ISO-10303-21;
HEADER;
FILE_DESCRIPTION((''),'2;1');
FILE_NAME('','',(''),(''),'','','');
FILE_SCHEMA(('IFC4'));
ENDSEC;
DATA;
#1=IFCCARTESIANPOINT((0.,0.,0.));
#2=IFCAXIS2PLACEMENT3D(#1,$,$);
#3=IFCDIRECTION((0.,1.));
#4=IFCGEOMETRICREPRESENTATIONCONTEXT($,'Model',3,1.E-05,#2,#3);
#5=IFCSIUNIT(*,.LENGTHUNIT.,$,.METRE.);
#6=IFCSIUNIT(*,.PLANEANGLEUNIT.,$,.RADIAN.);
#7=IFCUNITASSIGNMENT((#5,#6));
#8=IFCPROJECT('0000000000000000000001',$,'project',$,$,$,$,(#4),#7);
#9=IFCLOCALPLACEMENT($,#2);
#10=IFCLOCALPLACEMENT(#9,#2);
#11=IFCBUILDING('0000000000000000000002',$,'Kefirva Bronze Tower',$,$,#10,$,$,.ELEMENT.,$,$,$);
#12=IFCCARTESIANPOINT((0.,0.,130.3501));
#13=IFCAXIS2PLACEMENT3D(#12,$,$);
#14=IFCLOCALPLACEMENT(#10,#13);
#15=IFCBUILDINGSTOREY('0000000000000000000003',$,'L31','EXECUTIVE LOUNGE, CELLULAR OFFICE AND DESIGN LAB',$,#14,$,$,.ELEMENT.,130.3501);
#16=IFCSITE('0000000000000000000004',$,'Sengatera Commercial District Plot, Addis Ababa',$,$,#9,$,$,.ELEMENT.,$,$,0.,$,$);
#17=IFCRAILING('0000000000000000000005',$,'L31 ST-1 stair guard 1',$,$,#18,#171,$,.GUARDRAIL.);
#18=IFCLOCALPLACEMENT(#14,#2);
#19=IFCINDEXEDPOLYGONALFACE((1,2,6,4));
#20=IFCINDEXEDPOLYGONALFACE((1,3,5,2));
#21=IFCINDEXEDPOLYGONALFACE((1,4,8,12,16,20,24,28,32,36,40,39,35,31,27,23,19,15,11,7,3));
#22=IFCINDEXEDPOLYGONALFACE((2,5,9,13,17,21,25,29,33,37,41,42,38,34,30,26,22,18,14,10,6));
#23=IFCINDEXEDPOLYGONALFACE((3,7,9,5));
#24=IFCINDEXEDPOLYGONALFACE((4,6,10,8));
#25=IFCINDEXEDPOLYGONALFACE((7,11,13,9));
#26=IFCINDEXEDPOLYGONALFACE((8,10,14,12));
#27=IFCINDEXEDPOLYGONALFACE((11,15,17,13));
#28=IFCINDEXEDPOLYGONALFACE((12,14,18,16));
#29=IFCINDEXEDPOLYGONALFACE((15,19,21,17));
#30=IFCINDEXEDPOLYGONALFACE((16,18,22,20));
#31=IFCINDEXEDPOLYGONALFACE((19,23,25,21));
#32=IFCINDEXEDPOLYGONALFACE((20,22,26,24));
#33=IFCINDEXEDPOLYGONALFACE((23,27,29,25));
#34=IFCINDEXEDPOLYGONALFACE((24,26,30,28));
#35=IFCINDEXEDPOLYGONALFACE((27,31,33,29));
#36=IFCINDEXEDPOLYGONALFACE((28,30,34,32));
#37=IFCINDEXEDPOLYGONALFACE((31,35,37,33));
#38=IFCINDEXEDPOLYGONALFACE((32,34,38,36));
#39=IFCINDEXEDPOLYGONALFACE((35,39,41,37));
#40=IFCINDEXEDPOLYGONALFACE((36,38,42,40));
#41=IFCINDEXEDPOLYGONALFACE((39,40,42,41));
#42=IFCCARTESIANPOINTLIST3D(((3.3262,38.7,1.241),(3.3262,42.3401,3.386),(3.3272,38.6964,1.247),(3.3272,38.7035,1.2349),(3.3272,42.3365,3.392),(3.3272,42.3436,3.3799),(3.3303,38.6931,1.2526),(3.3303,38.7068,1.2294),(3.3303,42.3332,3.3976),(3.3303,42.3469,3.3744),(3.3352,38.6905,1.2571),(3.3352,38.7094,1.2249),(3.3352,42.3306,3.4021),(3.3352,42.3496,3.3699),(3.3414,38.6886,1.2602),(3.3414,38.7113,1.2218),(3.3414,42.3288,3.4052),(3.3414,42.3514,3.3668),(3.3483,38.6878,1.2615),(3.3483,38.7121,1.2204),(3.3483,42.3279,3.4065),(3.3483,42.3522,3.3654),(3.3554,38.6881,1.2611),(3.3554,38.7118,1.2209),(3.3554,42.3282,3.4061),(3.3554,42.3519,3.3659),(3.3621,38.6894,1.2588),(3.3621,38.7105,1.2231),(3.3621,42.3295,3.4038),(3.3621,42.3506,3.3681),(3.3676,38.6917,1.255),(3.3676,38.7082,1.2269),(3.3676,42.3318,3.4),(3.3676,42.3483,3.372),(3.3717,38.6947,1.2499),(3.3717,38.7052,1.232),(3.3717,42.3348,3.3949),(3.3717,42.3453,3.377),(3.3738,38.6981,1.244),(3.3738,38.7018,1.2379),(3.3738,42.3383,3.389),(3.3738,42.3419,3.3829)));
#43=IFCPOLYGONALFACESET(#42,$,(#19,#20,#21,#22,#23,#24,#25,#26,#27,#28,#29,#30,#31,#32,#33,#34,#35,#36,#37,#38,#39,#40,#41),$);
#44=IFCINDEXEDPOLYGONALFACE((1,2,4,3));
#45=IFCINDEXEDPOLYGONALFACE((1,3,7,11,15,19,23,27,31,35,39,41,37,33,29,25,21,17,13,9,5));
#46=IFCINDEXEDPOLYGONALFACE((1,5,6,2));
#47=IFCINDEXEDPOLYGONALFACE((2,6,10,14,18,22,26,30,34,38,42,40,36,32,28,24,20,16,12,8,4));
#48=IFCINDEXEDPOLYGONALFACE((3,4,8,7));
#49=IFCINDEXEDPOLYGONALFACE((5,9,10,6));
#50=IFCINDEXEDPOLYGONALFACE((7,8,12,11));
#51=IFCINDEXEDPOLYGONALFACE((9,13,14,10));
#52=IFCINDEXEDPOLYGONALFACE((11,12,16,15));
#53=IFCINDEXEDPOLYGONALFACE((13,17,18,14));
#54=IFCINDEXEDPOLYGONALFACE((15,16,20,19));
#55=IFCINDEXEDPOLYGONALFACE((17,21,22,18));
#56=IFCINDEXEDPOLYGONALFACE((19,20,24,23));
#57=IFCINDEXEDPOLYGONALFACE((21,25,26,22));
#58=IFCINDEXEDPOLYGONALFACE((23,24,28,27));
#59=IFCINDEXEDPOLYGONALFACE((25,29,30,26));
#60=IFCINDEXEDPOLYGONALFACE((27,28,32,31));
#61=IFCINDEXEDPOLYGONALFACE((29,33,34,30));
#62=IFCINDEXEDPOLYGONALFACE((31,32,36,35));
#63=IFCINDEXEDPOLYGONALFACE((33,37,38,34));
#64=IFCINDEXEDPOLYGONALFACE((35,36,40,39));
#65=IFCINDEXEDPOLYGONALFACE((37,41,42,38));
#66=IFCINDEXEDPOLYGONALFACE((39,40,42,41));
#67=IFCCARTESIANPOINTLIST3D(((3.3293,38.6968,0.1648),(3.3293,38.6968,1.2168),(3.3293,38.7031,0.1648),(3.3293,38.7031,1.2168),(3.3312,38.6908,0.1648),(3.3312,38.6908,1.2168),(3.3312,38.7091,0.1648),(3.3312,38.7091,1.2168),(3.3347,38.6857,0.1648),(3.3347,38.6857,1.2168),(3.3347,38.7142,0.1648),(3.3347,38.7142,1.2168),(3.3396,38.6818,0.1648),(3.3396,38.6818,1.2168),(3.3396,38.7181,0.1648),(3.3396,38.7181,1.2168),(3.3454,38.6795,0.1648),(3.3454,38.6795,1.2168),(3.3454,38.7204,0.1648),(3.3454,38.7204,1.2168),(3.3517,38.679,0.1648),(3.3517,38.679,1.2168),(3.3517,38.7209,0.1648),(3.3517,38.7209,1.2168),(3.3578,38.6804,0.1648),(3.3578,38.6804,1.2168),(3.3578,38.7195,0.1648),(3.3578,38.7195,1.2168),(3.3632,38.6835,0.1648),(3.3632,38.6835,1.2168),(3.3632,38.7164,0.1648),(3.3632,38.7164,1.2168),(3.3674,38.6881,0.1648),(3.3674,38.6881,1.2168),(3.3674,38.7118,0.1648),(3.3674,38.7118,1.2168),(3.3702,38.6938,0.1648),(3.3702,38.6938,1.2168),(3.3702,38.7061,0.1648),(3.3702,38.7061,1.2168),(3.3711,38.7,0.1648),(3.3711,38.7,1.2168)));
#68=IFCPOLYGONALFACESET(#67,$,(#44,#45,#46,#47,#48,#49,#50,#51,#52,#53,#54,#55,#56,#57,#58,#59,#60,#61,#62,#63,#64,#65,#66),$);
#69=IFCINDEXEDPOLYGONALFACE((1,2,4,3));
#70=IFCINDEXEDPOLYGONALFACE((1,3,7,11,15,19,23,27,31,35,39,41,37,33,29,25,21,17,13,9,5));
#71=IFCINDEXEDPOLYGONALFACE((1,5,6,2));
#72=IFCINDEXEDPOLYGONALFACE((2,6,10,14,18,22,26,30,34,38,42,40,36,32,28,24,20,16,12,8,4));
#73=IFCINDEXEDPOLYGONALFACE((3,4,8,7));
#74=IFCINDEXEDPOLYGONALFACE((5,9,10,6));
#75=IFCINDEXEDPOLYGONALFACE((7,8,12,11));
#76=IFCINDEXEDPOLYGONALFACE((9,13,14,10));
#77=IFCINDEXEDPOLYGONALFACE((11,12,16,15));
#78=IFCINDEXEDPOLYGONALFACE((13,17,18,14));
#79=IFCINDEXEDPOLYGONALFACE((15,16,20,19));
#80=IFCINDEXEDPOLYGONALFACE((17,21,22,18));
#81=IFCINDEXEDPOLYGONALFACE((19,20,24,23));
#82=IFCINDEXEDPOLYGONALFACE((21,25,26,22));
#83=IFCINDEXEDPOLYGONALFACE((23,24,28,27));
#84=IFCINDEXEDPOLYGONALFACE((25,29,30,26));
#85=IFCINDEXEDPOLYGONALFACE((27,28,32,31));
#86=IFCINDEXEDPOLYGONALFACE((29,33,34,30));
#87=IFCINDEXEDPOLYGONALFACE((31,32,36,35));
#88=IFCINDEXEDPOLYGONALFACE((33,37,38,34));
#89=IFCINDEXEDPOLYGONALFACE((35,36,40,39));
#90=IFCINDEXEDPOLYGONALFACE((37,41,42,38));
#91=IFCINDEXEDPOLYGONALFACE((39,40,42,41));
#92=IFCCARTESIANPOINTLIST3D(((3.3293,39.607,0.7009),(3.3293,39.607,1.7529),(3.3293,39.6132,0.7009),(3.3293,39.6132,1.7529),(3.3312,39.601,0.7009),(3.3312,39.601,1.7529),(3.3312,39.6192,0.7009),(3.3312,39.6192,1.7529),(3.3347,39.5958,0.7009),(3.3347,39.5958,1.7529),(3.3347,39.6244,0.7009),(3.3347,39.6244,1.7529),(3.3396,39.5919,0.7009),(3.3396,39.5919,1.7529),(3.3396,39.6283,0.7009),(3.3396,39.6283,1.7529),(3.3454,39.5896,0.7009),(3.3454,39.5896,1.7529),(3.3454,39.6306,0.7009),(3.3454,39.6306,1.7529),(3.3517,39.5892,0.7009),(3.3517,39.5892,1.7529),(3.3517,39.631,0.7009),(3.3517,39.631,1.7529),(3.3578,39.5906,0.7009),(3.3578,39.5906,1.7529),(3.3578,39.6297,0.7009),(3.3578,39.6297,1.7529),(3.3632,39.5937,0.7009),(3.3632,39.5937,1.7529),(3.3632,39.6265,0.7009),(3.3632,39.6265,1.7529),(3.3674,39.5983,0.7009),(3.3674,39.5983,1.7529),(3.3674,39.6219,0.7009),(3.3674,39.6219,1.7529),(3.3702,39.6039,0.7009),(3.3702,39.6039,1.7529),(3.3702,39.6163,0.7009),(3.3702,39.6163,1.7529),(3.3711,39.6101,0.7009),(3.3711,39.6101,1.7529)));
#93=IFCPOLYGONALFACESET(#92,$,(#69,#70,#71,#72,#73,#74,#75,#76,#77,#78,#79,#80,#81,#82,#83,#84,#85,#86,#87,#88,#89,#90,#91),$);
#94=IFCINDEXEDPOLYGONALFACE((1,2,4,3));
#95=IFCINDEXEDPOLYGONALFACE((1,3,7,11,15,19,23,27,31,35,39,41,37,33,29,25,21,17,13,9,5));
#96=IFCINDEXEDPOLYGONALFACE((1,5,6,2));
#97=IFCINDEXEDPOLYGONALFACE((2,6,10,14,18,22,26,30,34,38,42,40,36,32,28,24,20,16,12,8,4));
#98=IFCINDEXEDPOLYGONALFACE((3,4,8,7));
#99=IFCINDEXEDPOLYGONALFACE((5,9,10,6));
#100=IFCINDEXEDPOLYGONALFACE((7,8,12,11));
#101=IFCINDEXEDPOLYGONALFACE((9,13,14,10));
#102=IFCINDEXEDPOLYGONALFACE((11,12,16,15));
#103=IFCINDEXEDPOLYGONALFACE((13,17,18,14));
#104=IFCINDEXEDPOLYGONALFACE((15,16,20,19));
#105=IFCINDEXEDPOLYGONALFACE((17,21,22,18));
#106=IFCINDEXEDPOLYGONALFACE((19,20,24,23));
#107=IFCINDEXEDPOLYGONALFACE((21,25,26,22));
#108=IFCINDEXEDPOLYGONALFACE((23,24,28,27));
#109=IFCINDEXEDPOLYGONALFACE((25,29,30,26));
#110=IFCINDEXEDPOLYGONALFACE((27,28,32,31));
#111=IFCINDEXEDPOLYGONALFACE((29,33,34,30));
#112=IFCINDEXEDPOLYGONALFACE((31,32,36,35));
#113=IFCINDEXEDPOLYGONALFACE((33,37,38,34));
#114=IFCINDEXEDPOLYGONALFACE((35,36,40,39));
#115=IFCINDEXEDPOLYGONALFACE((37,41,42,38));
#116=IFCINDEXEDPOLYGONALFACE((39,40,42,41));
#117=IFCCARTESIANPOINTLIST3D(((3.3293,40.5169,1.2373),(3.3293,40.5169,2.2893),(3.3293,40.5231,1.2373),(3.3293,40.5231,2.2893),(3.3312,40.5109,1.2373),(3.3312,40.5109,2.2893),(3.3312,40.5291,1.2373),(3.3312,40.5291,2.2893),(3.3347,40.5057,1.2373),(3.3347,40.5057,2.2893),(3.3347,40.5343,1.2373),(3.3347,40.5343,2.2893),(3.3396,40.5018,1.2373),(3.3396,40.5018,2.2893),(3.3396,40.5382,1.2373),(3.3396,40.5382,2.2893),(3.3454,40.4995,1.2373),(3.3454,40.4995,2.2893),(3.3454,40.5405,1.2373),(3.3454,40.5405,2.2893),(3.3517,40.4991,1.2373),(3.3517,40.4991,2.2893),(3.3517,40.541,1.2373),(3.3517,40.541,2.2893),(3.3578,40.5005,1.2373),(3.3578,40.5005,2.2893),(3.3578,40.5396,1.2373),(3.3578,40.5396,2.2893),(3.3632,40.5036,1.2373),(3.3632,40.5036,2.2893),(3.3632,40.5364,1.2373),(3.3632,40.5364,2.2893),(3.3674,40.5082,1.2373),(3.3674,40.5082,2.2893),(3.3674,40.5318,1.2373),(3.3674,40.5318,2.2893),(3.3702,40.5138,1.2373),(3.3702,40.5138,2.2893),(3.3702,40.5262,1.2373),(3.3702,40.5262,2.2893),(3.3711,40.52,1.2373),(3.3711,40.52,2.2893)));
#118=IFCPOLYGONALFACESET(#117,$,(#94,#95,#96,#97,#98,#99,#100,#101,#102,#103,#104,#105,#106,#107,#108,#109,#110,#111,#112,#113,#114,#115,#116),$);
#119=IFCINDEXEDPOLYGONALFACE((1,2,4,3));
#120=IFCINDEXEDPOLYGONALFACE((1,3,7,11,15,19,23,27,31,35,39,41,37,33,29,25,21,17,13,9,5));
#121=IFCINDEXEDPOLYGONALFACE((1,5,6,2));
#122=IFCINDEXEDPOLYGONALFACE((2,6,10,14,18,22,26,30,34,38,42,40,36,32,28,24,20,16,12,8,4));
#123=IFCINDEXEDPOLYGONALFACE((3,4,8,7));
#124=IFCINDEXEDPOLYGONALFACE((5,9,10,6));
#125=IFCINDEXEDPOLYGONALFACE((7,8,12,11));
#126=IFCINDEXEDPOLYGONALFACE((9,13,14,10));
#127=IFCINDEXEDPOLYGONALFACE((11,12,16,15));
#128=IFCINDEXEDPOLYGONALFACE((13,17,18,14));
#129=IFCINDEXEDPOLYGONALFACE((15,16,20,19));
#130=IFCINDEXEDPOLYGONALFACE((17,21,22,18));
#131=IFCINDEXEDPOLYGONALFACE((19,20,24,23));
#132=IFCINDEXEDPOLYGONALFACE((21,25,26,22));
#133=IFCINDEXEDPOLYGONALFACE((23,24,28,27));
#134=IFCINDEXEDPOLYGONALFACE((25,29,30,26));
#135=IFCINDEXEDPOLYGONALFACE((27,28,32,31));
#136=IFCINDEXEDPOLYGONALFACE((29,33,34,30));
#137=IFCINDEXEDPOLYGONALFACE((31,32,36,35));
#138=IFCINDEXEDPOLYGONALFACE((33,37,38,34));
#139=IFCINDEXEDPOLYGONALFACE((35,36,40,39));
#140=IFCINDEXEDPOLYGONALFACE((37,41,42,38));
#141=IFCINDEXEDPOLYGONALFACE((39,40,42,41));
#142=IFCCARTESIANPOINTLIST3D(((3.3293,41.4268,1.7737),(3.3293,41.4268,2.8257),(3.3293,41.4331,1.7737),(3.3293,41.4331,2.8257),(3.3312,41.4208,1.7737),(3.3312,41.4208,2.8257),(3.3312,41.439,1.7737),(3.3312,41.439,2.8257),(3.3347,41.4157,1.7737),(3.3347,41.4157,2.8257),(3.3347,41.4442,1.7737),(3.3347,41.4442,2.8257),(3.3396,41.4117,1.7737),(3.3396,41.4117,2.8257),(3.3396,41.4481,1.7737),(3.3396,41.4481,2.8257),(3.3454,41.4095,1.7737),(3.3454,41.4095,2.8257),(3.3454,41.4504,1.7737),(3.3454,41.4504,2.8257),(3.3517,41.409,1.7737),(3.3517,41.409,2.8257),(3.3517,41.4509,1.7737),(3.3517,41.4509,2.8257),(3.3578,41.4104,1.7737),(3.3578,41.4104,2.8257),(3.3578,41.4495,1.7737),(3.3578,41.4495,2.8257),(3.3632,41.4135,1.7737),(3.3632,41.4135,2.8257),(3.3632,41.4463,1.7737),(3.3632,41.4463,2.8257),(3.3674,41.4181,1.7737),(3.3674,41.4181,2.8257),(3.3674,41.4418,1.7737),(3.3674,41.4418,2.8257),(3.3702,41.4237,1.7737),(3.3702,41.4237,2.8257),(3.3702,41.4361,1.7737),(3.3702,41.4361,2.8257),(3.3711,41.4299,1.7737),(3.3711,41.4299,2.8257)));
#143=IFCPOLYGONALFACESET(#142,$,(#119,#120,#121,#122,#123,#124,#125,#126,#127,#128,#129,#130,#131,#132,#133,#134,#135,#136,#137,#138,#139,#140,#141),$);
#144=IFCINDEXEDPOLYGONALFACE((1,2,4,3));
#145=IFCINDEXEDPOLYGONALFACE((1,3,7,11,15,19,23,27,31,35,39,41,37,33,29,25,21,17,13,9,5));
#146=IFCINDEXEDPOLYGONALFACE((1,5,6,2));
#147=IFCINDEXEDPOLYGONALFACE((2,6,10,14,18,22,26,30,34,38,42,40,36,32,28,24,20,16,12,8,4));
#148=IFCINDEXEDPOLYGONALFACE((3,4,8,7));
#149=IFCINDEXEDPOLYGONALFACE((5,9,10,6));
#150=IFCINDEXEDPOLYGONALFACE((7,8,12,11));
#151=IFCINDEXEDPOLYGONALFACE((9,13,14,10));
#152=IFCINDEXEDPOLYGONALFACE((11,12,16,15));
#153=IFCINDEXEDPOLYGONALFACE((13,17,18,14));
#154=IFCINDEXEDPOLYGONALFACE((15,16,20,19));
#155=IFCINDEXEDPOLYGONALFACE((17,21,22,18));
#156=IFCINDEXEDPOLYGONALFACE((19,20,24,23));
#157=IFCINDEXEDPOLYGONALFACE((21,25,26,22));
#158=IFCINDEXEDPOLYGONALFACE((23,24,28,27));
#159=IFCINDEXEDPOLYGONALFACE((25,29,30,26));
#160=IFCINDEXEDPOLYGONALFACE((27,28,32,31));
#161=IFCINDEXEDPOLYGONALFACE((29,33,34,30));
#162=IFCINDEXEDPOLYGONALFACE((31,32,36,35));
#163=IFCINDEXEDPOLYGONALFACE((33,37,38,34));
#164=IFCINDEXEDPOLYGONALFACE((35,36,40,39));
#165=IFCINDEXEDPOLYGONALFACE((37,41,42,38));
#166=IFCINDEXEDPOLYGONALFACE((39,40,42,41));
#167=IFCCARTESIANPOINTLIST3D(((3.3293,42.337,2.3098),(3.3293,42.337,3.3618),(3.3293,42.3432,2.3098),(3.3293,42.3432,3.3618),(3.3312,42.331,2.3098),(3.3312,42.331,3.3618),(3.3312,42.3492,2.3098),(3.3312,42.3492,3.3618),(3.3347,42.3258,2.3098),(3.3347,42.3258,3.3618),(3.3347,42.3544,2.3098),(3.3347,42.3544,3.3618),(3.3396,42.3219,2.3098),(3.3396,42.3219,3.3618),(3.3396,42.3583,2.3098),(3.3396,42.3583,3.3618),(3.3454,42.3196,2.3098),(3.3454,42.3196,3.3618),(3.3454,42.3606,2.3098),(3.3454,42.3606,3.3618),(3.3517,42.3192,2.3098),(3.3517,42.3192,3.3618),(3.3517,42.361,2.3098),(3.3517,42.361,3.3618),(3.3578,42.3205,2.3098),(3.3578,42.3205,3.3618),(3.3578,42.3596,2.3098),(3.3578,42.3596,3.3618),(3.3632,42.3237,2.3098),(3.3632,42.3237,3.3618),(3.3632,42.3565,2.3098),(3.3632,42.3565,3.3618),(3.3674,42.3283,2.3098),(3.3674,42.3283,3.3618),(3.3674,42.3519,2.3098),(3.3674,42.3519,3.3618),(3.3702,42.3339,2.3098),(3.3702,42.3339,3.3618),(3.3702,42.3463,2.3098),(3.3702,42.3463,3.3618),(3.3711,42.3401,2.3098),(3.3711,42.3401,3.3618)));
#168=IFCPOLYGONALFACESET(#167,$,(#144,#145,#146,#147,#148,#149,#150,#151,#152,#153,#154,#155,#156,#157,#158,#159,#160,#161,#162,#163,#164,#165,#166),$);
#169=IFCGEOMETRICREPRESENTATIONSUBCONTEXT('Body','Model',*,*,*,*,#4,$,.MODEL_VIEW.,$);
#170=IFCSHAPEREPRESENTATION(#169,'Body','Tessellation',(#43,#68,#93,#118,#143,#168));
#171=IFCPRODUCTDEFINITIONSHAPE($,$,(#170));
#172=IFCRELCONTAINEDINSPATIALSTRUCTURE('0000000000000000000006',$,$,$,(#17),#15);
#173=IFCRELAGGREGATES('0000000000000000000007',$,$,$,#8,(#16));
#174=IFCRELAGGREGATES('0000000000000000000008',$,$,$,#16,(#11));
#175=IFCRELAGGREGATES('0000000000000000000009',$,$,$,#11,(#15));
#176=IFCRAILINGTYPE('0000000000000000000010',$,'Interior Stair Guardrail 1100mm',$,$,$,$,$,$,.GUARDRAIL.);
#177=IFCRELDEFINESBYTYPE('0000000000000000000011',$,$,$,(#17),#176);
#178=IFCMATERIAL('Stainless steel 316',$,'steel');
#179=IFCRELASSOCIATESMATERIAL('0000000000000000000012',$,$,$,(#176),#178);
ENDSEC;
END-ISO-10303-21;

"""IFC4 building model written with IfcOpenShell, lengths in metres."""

from ifc_helpers import new_model, si_unit, direction, frame, origin, origin_2d, place, context, subcontext, project, spatial, circle, extrude, material, type_object, element, save


model = new_model("IFC4")

# Units and contexts
model_context = context("Model", 3, precision=1e-05, world=origin(), true_north=direction((0.0, 1.0)))
body_context = subcontext(model_context, "Body", "Model", "MODEL_VIEW")
ifc_project = project(units=[si_unit("LENGTHUNIT", "METRE"), si_unit("PLANEANGLEUNIT", "RADIAN")], contexts=[model_context])

# Site, building, storey
site_placement = place(None, origin())
site = spatial("IfcSite", under=ifc_project, at=site_placement, Name="Sengatera Commercial District Plot, Addis Ababa", CompositionType="ELEMENT", RefElevation=0.0)
building_placement = place(site_placement, origin())
building = spatial("IfcBuilding", under=site, at=building_placement, Name="Kefirva Bronze Tower", CompositionType="ELEMENT")
storey_placement = place(building_placement, frame((0.0, 0.0, 130.3501)))
storey = spatial("IfcBuildingStorey", under=building, at=storey_placement, Name="L31", Description="EXECUTIVE LOUNGE, CELLULAR OFFICE AND DESIGN LAB", CompositionType="ELEMENT", Elevation=130.3501)

# Shared definitions
ifc_material_1 = material(Name="Stainless steel 316", Category="steel")

# Railing
railing_type_1 = type_object("IfcRailingType", Name="Interior Stair Guardrail 1100mm", PredefinedType="GUARDRAIL", material=ifc_material_1)
railing_1_placement = place(storey_placement, frame((3.3501, 38.7, 0.1648)))
element("IfcRailing", 1, at=railing_1_placement, inside=storey, type_object=railing_type_1, Name="L31 ST-1 stair guard 1", PredefinedType="GUARDRAIL", context=body_context, shape_type="SweptSolid", body=[
    extrude(circle(Radius=0.0239, at=origin_2d()), frame((0.0, 0.0, 1.0762), z_axis=(0.0, 0.861545, 0.507682), x_axis=(-1.0, 0.0, 0.0)), (0.0, 0.0, 1.0), 4.2251),
    extrude(circle(Radius=0.021, at=origin_2d()), origin(), (0.0, 0.0, 1.0), 1.052),
    extrude(circle(Radius=0.021, at=origin_2d()), frame((0.0, 0.9102, 0.5361)), (0.0, 0.0, 1.0), 1.052),
    extrude(circle(Radius=0.021, at=origin_2d()), frame((0.0, 1.8201, 1.0725)), (0.0, 0.0, 1.0), 1.052),
    extrude(circle(Radius=0.021, at=origin_2d()), frame((0.0, 2.73, 1.6089)), (0.0, 0.0, 1.0), 1.052),
    extrude(circle(Radius=0.021, at=origin_2d()), frame((0.0, 3.6401, 2.145)), (0.0, 0.0, 1.0), 1.052),
])

save(model, "model.ifc")
